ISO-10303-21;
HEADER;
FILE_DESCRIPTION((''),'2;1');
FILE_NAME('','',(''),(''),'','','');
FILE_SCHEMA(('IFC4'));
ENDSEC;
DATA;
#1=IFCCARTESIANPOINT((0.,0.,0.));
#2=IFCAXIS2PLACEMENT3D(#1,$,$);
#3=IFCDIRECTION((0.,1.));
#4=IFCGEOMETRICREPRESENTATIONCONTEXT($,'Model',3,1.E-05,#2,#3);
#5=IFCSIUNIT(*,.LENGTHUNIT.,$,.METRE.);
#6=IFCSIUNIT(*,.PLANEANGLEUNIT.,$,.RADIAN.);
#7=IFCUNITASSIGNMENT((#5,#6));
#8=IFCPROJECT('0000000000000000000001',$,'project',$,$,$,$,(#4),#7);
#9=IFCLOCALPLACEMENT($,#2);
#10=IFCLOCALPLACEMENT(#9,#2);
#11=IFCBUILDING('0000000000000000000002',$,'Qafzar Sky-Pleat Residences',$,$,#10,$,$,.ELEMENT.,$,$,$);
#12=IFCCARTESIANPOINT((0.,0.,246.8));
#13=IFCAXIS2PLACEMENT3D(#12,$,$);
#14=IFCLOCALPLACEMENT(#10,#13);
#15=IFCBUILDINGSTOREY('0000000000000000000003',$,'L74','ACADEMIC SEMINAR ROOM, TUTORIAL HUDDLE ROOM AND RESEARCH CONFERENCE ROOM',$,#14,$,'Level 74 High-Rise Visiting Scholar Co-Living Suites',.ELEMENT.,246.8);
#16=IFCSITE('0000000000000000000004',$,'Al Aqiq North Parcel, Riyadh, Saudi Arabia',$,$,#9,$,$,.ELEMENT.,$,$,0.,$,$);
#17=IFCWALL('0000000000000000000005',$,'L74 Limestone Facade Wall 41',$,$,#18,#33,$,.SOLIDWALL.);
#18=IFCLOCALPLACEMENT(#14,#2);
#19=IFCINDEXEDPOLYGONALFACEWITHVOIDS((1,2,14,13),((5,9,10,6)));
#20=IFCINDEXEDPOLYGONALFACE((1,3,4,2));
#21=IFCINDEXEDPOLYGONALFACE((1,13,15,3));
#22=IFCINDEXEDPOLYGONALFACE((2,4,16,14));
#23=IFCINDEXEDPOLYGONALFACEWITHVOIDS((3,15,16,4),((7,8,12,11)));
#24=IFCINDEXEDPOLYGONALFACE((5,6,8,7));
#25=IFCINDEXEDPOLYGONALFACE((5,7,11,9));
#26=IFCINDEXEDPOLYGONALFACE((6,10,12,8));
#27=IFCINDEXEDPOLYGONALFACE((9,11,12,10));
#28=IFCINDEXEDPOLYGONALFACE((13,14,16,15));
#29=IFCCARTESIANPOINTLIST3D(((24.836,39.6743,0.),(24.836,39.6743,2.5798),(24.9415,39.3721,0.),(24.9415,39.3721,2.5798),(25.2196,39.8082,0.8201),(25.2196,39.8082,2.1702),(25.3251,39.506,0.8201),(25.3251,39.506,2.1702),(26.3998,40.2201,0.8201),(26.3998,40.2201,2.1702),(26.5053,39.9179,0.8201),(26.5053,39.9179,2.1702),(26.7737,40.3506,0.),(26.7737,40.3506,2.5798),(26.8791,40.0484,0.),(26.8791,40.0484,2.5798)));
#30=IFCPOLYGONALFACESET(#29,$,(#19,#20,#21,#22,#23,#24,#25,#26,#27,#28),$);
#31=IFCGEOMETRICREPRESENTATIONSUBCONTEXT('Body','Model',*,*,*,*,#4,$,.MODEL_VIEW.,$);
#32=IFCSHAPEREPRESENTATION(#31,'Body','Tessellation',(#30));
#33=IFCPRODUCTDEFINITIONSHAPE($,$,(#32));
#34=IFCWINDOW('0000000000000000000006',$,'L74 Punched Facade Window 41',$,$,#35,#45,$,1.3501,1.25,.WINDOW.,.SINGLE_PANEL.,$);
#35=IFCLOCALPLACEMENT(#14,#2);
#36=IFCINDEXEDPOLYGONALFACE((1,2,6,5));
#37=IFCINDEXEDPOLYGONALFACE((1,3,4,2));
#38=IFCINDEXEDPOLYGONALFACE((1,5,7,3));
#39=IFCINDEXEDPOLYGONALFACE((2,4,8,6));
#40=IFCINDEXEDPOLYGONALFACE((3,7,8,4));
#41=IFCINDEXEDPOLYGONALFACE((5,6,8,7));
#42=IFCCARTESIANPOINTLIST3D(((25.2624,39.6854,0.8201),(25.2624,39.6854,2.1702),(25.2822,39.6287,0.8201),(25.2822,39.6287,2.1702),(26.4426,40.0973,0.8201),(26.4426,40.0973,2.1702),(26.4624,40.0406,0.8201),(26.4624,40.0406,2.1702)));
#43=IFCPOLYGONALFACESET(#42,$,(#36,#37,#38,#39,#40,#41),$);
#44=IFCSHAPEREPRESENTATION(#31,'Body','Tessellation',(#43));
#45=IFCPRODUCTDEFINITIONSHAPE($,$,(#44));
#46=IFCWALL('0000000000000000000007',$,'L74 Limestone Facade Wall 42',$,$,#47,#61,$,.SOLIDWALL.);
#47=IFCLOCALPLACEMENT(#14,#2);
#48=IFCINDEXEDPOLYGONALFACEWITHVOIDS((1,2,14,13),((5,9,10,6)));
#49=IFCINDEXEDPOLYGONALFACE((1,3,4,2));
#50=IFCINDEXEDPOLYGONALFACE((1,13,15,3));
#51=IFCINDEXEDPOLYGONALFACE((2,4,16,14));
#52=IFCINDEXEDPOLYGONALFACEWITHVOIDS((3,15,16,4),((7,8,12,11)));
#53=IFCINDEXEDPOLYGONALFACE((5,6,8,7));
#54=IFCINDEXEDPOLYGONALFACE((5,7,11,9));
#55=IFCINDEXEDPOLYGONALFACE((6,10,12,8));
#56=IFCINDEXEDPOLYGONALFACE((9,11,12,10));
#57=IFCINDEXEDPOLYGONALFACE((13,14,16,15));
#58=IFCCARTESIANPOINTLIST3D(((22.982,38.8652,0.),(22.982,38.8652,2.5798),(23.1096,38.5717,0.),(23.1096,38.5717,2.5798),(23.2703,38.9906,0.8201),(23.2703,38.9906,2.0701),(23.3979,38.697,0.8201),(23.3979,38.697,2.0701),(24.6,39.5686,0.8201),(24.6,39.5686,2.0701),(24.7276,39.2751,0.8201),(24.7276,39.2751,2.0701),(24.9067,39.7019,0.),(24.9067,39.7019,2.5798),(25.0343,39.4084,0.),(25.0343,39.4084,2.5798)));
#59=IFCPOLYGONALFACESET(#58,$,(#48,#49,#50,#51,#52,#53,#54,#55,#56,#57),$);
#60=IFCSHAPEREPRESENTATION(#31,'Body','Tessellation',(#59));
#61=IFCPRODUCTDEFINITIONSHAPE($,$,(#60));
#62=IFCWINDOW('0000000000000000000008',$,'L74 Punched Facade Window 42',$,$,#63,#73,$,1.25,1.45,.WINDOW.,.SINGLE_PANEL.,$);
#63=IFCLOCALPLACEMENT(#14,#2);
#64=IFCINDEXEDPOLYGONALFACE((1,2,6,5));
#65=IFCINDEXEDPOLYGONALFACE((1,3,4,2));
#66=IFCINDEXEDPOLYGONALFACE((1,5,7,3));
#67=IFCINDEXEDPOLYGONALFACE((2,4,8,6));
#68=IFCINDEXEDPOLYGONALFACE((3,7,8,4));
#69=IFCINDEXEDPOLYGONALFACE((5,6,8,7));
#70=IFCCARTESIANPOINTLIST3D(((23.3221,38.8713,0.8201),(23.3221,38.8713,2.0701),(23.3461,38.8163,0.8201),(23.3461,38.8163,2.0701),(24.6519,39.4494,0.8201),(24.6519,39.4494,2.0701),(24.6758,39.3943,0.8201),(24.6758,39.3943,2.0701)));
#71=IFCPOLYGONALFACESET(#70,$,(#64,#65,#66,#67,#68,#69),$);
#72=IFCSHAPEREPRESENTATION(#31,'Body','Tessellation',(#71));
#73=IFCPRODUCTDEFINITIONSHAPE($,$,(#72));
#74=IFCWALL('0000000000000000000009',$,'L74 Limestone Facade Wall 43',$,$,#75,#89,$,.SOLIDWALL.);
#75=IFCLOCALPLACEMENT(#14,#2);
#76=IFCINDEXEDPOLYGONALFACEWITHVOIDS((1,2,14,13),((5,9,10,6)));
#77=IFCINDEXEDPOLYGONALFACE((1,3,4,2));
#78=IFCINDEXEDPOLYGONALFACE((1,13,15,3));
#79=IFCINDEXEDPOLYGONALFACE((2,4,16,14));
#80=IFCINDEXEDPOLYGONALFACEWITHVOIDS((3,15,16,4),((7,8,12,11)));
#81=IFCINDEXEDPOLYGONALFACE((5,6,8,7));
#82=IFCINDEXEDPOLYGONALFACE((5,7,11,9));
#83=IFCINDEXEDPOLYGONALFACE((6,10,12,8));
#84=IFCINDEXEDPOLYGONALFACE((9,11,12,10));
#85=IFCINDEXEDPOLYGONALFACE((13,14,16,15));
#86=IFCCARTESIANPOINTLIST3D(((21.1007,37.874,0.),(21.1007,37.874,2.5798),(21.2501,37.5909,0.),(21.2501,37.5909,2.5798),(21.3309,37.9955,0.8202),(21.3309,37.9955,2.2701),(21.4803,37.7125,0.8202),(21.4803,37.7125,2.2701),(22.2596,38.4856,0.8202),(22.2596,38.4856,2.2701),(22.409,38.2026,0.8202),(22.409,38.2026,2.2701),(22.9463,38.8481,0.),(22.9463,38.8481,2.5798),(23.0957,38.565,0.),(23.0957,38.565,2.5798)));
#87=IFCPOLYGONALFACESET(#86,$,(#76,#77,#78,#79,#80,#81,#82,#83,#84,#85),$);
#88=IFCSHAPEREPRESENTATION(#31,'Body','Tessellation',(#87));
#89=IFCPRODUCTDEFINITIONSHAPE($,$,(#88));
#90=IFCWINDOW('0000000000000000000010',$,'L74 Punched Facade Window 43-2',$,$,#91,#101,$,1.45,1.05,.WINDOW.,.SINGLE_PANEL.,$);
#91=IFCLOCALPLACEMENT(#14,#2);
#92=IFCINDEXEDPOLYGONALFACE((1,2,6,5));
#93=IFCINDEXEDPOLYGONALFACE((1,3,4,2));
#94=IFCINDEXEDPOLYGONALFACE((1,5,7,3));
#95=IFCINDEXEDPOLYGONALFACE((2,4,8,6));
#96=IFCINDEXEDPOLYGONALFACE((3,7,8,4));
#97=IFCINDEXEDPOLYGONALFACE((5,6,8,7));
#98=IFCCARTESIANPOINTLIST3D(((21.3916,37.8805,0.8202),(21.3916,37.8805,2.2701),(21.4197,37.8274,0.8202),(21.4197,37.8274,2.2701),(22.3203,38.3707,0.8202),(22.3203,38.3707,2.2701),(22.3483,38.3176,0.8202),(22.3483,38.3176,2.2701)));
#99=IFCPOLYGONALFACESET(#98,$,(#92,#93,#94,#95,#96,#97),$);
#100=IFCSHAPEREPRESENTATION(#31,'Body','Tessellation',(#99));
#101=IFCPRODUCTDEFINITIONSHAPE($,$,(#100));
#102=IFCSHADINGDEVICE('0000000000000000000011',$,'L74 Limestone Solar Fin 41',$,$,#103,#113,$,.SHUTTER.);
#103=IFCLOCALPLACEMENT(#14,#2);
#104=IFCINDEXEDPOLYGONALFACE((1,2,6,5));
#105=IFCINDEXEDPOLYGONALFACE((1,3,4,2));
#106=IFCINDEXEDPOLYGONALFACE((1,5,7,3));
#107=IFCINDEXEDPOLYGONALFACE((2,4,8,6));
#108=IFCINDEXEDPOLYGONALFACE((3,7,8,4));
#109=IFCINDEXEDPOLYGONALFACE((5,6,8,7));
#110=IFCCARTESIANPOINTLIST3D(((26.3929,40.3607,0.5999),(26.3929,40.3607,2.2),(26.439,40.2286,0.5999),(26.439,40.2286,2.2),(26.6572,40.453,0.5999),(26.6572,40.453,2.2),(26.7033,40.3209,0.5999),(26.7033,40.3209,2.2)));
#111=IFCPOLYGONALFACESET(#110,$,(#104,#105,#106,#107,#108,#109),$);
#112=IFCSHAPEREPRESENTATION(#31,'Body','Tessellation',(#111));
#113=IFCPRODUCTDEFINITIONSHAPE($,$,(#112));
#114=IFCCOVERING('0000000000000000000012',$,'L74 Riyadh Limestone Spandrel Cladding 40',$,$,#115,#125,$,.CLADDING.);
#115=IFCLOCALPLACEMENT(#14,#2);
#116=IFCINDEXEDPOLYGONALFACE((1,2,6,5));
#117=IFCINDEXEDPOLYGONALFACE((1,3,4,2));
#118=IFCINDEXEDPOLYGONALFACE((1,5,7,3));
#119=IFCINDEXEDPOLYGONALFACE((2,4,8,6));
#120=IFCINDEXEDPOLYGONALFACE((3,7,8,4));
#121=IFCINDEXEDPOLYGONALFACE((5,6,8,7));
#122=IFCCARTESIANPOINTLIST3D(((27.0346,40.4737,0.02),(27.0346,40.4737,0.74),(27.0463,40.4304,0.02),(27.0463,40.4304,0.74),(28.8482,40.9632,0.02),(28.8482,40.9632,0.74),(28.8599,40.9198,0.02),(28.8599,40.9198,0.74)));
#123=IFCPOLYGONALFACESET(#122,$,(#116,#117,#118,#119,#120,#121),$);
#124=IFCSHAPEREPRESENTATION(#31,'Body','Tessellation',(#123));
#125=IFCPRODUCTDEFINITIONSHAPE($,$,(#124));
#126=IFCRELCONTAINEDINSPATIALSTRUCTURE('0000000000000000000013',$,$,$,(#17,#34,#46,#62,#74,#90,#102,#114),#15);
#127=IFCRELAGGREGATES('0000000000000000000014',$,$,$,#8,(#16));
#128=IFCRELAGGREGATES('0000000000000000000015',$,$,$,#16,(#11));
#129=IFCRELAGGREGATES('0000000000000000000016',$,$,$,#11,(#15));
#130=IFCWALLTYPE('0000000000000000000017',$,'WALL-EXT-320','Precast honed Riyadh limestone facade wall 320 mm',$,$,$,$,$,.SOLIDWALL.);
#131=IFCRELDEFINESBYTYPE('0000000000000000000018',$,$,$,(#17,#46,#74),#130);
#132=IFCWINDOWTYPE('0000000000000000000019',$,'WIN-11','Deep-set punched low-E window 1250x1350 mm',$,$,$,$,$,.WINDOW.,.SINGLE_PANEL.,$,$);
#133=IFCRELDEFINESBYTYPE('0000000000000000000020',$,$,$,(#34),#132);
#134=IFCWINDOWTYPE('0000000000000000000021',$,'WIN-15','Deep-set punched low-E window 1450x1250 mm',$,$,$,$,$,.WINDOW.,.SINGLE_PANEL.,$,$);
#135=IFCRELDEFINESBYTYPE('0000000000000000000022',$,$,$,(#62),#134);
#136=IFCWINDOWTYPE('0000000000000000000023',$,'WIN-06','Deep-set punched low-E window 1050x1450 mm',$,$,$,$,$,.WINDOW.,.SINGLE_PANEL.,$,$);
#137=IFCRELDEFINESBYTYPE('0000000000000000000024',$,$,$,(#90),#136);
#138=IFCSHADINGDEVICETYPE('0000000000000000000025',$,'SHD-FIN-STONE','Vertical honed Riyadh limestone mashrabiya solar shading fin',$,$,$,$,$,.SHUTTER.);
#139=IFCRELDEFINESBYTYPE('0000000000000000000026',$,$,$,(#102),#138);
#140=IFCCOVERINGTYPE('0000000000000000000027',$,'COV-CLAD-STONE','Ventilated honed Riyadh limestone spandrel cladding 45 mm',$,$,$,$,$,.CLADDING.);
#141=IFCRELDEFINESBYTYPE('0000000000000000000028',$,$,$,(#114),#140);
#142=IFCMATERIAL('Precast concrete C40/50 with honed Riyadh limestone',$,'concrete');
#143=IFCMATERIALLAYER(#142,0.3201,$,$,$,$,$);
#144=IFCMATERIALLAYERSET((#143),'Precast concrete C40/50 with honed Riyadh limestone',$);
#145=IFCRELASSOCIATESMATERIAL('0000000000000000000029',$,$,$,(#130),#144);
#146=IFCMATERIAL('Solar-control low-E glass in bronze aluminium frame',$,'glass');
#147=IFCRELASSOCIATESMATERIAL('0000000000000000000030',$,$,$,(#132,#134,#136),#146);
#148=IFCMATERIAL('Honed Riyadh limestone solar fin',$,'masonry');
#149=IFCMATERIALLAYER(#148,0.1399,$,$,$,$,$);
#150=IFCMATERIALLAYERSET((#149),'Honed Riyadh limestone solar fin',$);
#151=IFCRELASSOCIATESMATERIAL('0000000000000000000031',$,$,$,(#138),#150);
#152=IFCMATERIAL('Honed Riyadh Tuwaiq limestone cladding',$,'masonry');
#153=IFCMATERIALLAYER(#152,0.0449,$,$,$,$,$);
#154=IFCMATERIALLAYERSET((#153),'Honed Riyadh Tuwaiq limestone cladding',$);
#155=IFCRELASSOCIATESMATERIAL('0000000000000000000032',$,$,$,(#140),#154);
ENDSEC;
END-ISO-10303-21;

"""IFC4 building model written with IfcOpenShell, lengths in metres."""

from ifc_helpers import new_model, si_unit, direction, frame, frame_2d, origin, origin_2d, place, context, subcontext, project, spatial, rectangle, extrude, source, transform, mapped, material, layer, layer_set, type_object, element, fill, save


model = new_model("IFC4")

# Units and contexts
model_context = context("Model", 3, precision=1e-05, world=origin(), true_north=direction((0.0, 1.0)))
body_context = subcontext(model_context, "Body", "Model", "MODEL_VIEW")
ifc_project = project(units=[si_unit("LENGTHUNIT", "METRE"), si_unit("PLANEANGLEUNIT", "RADIAN")], contexts=[model_context])

# Site, building, storey
site_placement = place(None, origin())
site = spatial("IfcSite", under=ifc_project, at=site_placement, Name="Al Aqiq North Parcel, Riyadh, Saudi Arabia", CompositionType="ELEMENT", RefElevation=0.0)
building_placement = place(site_placement, origin())
building = spatial("IfcBuilding", under=site, at=building_placement, Name="Qafzar Sky-Pleat Residences", CompositionType="ELEMENT")
storey_placement = place(building_placement, frame((0.0, 0.0, 246.8)))
storey = spatial("IfcBuildingStorey", under=building, at=storey_placement, Name="L74", Description="ACADEMIC SEMINAR ROOM, TUTORIAL HUDDLE ROOM AND RESEARCH CONFERENCE ROOM", LongName="Level 74 High-Rise Visiting Scholar Co-Living Suites", CompositionType="ELEMENT", Elevation=246.8)

# Walls, openings, windows
ifc_material_1 = material(Name="Precast concrete C40/50 with honed Riyadh limestone", Category="concrete")
ifc_layer_1 = layer(ifc_material_1, 0.3201)
ifc_layer_set_1 = layer_set([ifc_layer_1], Name="Precast concrete C40/50 with honed Riyadh limestone")
wall_type_1 = type_object("IfcWallType", Name="WALL-EXT-320", Description="Precast honed Riyadh limestone facade wall 320 mm", PredefinedType="SOLIDWALL", material=ifc_layer_set_1)
wall_1_placement = place(storey_placement, frame((26.8264, 40.1995, 0.0), z_axis=(0.0, 0.0, 1.0), x_axis=(-0.944153, -0.329508, 0.0)))
wall_1 = element("IfcWall", 1, at=wall_1_placement, inside=storey, type_object=wall_type_1, Name="L74 Limestone Facade Wall 41", PredefinedType="SOLIDWALL", context=body_context, shape_type="SweptSolid", body=[
    extrude(rectangle(XDim=2.0522, YDim=0.3201, at=frame_2d((1.0261, 0.0))), origin(), (0.0, 0.0, 1.0), 2.5798),
])
opening_1_placement = place(wall_1_placement, frame((0.396, 0.0, 0.8201)))
opening_1 = element("IfcOpeningElement", 2, at=opening_1_placement, cuts=wall_1, PredefinedType="OPENING", context=body_context, shape_type="SweptSolid", body=[
    extrude(rectangle(XDim=1.25, YDim=1.3501, at=frame_2d((0.625, 0.675))), frame((0.0, 0.1699, 0.0), z_axis=(0.0, -1.0, 0.0), x_axis=(1.0, 0.0, 0.0)), (0.0, 0.0, 1.0), 0.3401),
])
ifc_material_2 = material(Name="Solar-control low-E glass in bronze aluminium frame", Category="glass")
window_type_1 = type_object("IfcWindowType", Name="WIN-11", Description="Deep-set punched low-E window 1250x1350 mm", PartitioningType="SINGLE_PANEL", PredefinedType="WINDOW", material=ifc_material_2)
shared_shape_1 = source(origin(), body_context, "Body", "SweptSolid", [
    extrude(rectangle(XDim=1.25, YDim=1.3501, at=frame_2d((0.625, 0.675))), frame((0.0, 0.03, 0.0), z_axis=(0.0, -1.0, 0.0), x_axis=(1.0, 0.0, 0.0)), (0.0, 0.0, 1.0), 0.0601),
])
window_1_placement = place(opening_1_placement, origin())
window_1 = element("IfcWindow", 3, at=window_1_placement, inside=storey, type_object=window_type_1, Name="L74 Punched Facade Window 41", OverallHeight=1.3501, OverallWidth=1.25, PartitioningType="SINGLE_PANEL", PredefinedType="WINDOW", context=body_context, shape_type="MappedRepresentation", body=[
    mapped(shared_shape_1, transform((0.0, 0.0, 0.0), x_axis=(1.0, 0.0, 0.0), y_axis=(0.0, 1.0, 0.0), z_axis=(0.0, 0.0, 1.0), scale=1.0)),
])
fill(opening_1, window_1)
wall_2_placement = place(storey_placement, frame((24.9705, 39.5552, 0.0), z_axis=(0.0, 0.0, 1.0), x_axis=(-0.917087, -0.398688, 0.0)))
wall_2 = element("IfcWall", 4, at=wall_2_placement, inside=storey, type_object=wall_type_1, Name="L74 Limestone Facade Wall 42", PredefinedType="SOLIDWALL", context=body_context, shape_type="SweptSolid", body=[
    extrude(rectangle(XDim=2.0986, YDim=0.3201, at=frame_2d((1.0493, 0.0))), origin(), (0.0, 0.0, 1.0), 2.5798),
])
opening_2_placement = place(wall_2_placement, frame((0.3342, 0.0, 0.8201)))
opening_2 = element("IfcOpeningElement", 5, at=opening_2_placement, cuts=wall_2, PredefinedType="OPENING", context=body_context, shape_type="SweptSolid", body=[
    extrude(rectangle(XDim=1.45, YDim=1.25, at=frame_2d((0.7251, 0.625))), frame((0.0, 0.1699, 0.0), z_axis=(0.0, -1.0, 0.0), x_axis=(1.0, 0.0, 0.0)), (0.0, 0.0, 1.0), 0.3401),
])
window_type_2 = type_object("IfcWindowType", Name="WIN-15", Description="Deep-set punched low-E window 1450x1250 mm", PartitioningType="SINGLE_PANEL", PredefinedType="WINDOW", material=ifc_material_2)
shared_shape_2 = source(origin(), body_context, "Body", "SweptSolid", [
    extrude(rectangle(XDim=1.45, YDim=1.25, at=frame_2d((0.7251, 0.625))), frame((0.0, 0.03, 0.0), z_axis=(0.0, -1.0, 0.0), x_axis=(1.0, 0.0, 0.0)), (0.0, 0.0, 1.0), 0.0601),
])
window_2_placement = place(opening_2_placement, origin())
window_2 = element("IfcWindow", 6, at=window_2_placement, inside=storey, type_object=window_type_2, Name="L74 Punched Facade Window 42", OverallHeight=1.25, OverallWidth=1.45, PartitioningType="SINGLE_PANEL", PredefinedType="WINDOW", context=body_context, shape_type="MappedRepresentation", body=[
    mapped(shared_shape_2, transform((0.0, 0.0, 0.0), x_axis=(1.0, 0.0, 0.0), y_axis=(0.0, 1.0, 0.0), z_axis=(0.0, 0.0, 1.0), scale=1.0)),
])
fill(opening_2, window_2)
wall_3_placement = place(storey_placement, frame((23.021, 38.7065, 0.0), z_axis=(0.0, 0.0, 1.0), x_axis=(-0.884385, -0.466759, 0.0)))
wall_3 = element("IfcWall", 7, at=wall_3_placement, inside=storey, type_object=wall_type_1, Name="L74 Limestone Facade Wall 43", PredefinedType="SOLIDWALL", context=body_context, shape_type="SweptSolid", body=[
    extrude(rectangle(XDim=2.0869, YDim=0.3201, at=frame_2d((1.0435, 0.0))), origin(), (0.0, 0.0, 1.0), 2.5798),
])
opening_3_placement = place(wall_3_placement, frame((0.7766, 0.0, 0.8201)))
opening_3 = element("IfcOpeningElement", 8, at=opening_3_placement, cuts=wall_3, PredefinedType="OPENING", context=body_context, shape_type="SweptSolid", body=[
    extrude(rectangle(XDim=1.05, YDim=1.45, at=frame_2d((0.5249, 0.7251))), frame((0.0, 0.1699, 0.0), z_axis=(0.0, -1.0, 0.0), x_axis=(1.0, 0.0, 0.0)), (0.0, 0.0, 1.0), 0.3401),
])
window_type_3 = type_object("IfcWindowType", Name="WIN-06", Description="Deep-set punched low-E window 1050x1450 mm", PartitioningType="SINGLE_PANEL", PredefinedType="WINDOW", material=ifc_material_2)
shared_shape_3 = source(origin(), body_context, "Body", "SweptSolid", [
    extrude(rectangle(XDim=1.05, YDim=1.45, at=frame_2d((0.5249, 0.7251))), frame((0.0, 0.03, 0.0), z_axis=(0.0, -1.0, 0.0), x_axis=(1.0, 0.0, 0.0)), (0.0, 0.0, 1.0), 0.0601),
])
window_3_placement = place(opening_3_placement, origin())
window_3 = element("IfcWindow", 9, at=window_3_placement, inside=storey, type_object=window_type_3, Name="L74 Punched Facade Window 43-2", OverallHeight=1.45, OverallWidth=1.05, PartitioningType="SINGLE_PANEL", PredefinedType="WINDOW", context=body_context, shape_type="MappedRepresentation", body=[
    mapped(shared_shape_3, transform((0.0, 0.0, 0.0), x_axis=(1.0, 0.0, 0.0), y_axis=(0.0, 1.0, 0.0), z_axis=(0.0, 0.0, 1.0), scale=1.0)),
])
fill(opening_3, window_3)

# Shading device
ifc_material_3 = material(Name="Honed Riyadh limestone solar fin", Category="masonry")
ifc_layer_2 = layer(ifc_material_3, 0.1399)
ifc_layer_set_2 = layer_set([ifc_layer_2], Name="Honed Riyadh limestone solar fin")
shading_device_type = type_object("IfcShadingDeviceType", Name="SHD-FIN-STONE", Description="Vertical honed Riyadh limestone mashrabiya solar shading fin", PredefinedType="SHUTTER", material=ifc_layer_set_2)
shared_shape_4 = source(origin(), body_context, "Body", "SweptSolid", [
    extrude(rectangle(XDim=0.1399, YDim=0.28, at=origin_2d()), origin(), (0.0, 0.0, 1.0), 1.6001),
])
shading_device_placement = place(storey_placement, frame((26.5481, 40.3408, 0.5999), z_axis=(0.0, 0.0, 1.0), x_axis=(-0.329527, 0.944146, 0.0)))
element("IfcShadingDevice", 10, at=shading_device_placement, inside=storey, type_object=shading_device_type, Name="L74 Limestone Solar Fin 41", PredefinedType="SHUTTER", context=body_context, shape_type="MappedRepresentation", body=[
    mapped(shared_shape_4, transform((0.0, 0.0, 0.0), x_axis=(1.0, 0.0, 0.0), y_axis=(0.0, 1.0, 0.0), z_axis=(0.0, 0.0, 1.0), scale=1.0)),
])

# Covering
ifc_material_4 = material(Name="Honed Riyadh Tuwaiq limestone cladding", Category="masonry")
ifc_layer_3 = layer(ifc_material_4, 0.0449)
ifc_layer_set_3 = layer_set([ifc_layer_3], Name="Honed Riyadh Tuwaiq limestone cladding")
covering_type = type_object("IfcCoveringType", Name="COV-CLAD-STONE", Description="Ventilated honed Riyadh limestone spandrel cladding 45 mm", PredefinedType="CLADDING", material=ifc_layer_set_3)
shared_shape_5 = source(origin(), body_context, "Body", "SweptSolid", [
    extrude(rectangle(XDim=1.8784, YDim=0.0449, at=origin_2d()), origin(), (0.0, 0.0, 1.0), 0.72),
])
covering_placement = place(storey_placement, frame((27.9473, 40.6968, 0.02), z_axis=(0.0, 0.0, 1.0), x_axis=(-0.965459, -0.260554, 0.0)))
element("IfcCovering", 11, at=covering_placement, inside=storey, type_object=covering_type, Name="L74 Riyadh Limestone Spandrel Cladding 40", PredefinedType="CLADDING", context=body_context, shape_type="MappedRepresentation", body=[
    mapped(shared_shape_5, transform((0.0, 0.0, 0.0), x_axis=(1.0, 0.0, 0.0), y_axis=(0.0, 1.0, 0.0), z_axis=(0.0, 0.0, 1.0), scale=1.0)),
])

save(model, "model.ifc")
